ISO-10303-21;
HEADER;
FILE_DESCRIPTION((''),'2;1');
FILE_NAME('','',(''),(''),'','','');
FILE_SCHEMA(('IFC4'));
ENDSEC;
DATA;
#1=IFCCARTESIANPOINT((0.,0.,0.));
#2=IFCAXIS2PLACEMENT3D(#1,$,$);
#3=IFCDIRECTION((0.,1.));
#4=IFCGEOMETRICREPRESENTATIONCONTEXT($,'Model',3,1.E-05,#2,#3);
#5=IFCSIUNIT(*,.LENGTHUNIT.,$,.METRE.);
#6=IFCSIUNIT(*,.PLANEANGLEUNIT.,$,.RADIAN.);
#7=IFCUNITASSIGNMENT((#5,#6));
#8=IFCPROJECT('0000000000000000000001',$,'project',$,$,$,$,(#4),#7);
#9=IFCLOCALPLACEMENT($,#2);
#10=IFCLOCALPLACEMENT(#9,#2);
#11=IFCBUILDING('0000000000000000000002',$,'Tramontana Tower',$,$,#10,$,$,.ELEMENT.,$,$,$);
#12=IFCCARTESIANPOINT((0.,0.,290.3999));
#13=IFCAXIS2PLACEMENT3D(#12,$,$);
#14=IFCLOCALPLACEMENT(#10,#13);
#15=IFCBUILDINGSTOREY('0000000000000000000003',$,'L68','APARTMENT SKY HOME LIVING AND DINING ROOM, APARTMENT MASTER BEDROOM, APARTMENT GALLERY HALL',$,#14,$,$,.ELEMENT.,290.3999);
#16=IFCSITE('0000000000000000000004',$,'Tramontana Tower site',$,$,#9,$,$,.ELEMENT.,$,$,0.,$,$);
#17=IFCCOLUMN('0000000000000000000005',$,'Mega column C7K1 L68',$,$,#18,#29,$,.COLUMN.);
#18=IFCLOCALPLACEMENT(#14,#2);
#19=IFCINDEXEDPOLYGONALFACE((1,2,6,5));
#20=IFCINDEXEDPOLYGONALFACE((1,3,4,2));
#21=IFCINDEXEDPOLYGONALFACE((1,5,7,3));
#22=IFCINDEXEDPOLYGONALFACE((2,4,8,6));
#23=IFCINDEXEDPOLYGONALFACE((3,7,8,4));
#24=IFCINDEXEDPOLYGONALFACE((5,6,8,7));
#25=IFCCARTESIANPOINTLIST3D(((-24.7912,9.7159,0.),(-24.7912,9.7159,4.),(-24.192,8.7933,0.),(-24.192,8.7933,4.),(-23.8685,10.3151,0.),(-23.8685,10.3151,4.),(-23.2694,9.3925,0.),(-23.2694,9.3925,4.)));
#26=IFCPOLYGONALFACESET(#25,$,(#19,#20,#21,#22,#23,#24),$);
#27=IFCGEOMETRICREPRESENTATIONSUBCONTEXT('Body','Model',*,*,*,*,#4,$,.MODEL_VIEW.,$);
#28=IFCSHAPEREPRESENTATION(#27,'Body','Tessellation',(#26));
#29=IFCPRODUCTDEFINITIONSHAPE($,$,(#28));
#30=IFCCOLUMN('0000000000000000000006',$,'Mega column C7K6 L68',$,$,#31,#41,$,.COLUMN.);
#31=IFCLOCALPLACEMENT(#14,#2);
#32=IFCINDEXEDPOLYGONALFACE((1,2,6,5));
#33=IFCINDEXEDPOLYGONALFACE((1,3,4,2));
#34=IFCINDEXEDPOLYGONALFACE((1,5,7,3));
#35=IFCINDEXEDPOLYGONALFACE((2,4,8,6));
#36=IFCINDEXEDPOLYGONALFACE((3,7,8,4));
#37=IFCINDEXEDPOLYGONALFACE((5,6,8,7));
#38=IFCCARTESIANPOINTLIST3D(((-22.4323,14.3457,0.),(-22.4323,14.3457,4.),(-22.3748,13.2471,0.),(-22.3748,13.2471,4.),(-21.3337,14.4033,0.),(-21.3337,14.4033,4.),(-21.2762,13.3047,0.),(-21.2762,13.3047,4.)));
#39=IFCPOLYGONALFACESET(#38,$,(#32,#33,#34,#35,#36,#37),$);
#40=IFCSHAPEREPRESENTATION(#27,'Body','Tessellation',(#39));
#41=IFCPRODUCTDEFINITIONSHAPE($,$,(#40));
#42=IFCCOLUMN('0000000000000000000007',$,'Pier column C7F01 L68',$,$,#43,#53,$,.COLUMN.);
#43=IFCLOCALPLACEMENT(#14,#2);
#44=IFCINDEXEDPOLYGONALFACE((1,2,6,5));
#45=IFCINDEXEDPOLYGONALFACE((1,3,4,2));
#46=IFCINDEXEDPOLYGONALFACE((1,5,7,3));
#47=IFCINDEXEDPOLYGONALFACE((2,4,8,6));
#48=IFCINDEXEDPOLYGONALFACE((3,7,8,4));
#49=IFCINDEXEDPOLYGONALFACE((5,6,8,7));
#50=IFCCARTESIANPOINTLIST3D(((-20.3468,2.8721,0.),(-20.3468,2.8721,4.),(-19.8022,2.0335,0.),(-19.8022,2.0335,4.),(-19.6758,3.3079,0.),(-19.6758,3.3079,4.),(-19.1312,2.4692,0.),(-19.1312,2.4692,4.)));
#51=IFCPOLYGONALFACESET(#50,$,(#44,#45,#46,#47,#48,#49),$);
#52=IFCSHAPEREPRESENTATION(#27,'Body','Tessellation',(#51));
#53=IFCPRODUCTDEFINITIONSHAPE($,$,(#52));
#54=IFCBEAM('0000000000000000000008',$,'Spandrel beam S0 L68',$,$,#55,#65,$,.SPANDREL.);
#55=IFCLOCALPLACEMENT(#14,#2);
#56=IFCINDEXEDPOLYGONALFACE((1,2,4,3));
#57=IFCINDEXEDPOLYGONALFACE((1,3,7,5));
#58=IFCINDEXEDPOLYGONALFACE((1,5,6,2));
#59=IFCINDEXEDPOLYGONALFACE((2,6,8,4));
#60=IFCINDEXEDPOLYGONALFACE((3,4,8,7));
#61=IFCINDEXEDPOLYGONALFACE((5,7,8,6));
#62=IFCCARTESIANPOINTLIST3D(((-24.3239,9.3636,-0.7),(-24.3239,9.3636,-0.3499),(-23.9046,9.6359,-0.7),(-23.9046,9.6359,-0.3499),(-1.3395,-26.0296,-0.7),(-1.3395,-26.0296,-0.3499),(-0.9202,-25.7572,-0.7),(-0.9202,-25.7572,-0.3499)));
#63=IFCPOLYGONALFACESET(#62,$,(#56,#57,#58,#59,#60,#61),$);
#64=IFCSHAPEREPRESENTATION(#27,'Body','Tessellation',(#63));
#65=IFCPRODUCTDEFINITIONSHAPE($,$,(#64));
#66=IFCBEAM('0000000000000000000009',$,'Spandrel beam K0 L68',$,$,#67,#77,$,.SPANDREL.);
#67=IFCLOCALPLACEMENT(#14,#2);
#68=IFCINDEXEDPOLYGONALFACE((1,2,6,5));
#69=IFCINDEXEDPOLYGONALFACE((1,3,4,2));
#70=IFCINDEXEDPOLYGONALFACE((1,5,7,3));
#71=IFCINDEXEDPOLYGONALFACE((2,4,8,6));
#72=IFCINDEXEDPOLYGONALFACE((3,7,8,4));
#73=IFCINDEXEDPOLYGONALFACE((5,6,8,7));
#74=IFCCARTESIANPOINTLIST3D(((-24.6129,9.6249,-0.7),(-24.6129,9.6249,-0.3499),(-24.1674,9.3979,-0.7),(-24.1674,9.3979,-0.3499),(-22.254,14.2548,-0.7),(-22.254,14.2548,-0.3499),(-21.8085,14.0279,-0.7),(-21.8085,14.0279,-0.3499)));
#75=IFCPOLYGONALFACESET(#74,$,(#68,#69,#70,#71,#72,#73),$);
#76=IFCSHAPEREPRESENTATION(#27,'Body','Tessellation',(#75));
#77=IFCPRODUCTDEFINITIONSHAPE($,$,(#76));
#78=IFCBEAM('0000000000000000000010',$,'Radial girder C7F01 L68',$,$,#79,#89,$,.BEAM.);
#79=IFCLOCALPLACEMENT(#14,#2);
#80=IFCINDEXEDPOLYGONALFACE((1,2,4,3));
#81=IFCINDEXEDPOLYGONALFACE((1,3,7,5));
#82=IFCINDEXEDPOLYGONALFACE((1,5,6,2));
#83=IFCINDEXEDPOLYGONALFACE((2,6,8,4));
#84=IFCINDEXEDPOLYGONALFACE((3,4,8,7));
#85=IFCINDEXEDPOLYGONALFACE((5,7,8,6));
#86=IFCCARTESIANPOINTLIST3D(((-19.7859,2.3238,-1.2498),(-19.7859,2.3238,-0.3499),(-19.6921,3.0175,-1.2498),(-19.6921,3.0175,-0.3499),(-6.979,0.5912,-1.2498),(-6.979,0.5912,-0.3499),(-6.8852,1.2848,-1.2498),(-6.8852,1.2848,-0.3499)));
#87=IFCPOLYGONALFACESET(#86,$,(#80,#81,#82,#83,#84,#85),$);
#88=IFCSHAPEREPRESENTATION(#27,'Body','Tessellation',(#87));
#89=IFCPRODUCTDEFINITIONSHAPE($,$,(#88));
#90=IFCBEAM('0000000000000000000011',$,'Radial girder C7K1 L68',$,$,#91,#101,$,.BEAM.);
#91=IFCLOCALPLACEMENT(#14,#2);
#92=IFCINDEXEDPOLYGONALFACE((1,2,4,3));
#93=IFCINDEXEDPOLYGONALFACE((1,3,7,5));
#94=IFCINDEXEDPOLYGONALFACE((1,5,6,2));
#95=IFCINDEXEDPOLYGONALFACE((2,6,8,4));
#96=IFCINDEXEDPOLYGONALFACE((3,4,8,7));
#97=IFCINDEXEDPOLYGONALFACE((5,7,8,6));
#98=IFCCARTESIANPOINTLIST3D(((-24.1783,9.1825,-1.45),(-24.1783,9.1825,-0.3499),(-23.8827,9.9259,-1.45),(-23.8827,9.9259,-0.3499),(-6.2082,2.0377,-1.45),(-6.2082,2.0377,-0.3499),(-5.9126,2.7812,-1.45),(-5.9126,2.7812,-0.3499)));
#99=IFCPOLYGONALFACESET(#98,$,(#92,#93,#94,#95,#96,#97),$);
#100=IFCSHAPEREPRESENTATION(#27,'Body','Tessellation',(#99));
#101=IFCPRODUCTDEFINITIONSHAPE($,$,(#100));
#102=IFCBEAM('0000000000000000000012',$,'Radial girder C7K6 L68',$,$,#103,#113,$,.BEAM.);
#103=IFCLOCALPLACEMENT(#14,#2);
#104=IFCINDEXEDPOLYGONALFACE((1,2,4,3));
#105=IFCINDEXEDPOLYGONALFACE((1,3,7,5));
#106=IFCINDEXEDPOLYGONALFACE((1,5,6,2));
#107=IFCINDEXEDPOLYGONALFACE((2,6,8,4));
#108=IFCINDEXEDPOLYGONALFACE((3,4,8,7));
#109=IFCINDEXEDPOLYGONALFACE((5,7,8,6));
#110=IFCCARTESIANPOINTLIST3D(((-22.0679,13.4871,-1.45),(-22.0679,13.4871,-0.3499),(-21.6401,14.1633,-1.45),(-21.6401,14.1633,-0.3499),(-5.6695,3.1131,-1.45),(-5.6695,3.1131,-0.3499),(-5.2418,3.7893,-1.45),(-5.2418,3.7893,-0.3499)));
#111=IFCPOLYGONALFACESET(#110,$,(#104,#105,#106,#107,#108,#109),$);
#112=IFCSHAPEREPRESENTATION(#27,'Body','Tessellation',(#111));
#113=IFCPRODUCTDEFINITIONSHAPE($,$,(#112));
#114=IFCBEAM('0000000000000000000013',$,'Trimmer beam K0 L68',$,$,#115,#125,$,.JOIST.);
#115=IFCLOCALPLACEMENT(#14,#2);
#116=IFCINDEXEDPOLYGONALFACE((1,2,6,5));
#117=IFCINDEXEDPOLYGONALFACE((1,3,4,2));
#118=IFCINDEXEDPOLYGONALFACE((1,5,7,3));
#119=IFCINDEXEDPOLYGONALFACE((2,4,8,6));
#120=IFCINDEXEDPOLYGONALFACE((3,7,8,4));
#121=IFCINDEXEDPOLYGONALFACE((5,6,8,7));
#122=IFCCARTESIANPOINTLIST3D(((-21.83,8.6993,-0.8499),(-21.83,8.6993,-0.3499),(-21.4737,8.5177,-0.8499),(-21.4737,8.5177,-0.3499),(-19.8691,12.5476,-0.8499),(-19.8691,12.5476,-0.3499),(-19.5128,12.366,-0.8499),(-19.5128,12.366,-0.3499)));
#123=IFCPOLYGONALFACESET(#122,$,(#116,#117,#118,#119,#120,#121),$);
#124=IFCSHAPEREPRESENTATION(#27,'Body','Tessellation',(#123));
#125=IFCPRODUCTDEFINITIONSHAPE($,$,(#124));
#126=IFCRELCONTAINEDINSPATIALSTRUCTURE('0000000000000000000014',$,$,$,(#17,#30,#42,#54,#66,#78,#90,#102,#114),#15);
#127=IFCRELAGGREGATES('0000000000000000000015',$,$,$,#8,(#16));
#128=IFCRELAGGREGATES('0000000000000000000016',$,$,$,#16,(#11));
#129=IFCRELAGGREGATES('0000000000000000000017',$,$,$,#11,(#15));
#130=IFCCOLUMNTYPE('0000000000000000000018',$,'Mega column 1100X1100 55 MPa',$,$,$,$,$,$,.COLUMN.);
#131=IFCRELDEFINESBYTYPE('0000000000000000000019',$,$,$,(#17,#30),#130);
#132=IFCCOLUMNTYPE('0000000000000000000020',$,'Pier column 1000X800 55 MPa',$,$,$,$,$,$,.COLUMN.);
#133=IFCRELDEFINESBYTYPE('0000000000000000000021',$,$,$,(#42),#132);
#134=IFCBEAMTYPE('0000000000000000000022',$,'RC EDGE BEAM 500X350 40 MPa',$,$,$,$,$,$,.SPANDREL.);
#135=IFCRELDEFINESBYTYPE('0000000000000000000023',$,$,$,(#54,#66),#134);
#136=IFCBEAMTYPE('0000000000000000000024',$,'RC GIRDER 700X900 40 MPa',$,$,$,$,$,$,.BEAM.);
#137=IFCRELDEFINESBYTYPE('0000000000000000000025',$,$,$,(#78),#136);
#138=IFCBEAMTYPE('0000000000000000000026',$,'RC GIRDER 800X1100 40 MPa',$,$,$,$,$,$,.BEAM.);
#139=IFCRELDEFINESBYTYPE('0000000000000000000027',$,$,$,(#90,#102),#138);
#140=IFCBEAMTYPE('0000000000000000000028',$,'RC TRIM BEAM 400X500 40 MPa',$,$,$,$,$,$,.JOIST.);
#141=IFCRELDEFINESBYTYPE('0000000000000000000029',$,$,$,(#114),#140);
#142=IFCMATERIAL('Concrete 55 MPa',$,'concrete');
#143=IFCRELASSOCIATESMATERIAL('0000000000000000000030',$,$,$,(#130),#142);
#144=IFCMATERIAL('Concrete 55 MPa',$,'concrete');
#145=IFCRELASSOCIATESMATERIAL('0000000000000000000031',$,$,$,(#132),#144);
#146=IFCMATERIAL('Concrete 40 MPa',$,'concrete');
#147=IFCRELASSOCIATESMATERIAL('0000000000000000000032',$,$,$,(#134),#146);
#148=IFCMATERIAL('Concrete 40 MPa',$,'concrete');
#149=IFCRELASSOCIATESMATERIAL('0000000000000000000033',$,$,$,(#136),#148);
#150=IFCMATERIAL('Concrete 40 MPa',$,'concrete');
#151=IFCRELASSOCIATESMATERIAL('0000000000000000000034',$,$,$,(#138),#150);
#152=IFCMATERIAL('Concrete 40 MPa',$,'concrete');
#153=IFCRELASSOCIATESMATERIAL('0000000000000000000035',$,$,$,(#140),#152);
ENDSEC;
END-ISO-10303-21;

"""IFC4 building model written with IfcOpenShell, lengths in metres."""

from ifc_helpers import new_model, si_unit, direction, frame, origin, origin_2d, place, context, subcontext, project, spatial, rectangle, extrude, material, material_profile, profile_set, type_object, element, save


model = new_model("IFC4")

# Units and contexts
model_context = context("Model", 3, precision=1e-05, world=origin(), true_north=direction((0.0, 1.0)))
body_context = subcontext(model_context, "Body", "Model", "MODEL_VIEW")
ifc_project = project(units=[si_unit("LENGTHUNIT", "METRE"), si_unit("PLANEANGLEUNIT", "RADIAN")], contexts=[model_context])

# Site, building, storey
site_placement = place(None, origin())
site = spatial("IfcSite", under=ifc_project, at=site_placement, Name="Tramontana Tower site", CompositionType="ELEMENT", RefElevation=0.0)
building_placement = place(site_placement, origin())
building = spatial("IfcBuilding", under=site, at=building_placement, Name="Tramontana Tower", CompositionType="ELEMENT")
storey_placement = place(building_placement, frame((0.0, 0.0, 290.3999)))
storey = spatial("IfcBuildingStorey", under=building, at=storey_placement, Name="L68", Description="APARTMENT SKY HOME LIVING AND DINING ROOM, APARTMENT MASTER BEDROOM, APARTMENT GALLERY HALL", CompositionType="ELEMENT", Elevation=290.3999)

# Columns
ifc_material_1 = material(Name="Concrete 55 MPa", Category="concrete")
ifc_material_profile_1 = material_profile(ifc_material_1, rectangle(XDim=1.1001, YDim=1.1001, at=origin_2d()), Name="Mega column 1100X1100 55 MPa")
ifc_profile_set_1 = profile_set([ifc_material_profile_1], Name="Concrete 55 MPa")
column_type_1 = type_object("IfcColumnType", Name="Mega column 1100X1100 55 MPa", PredefinedType="COLUMN", material=ifc_profile_set_1)
for number, where, z_axis, x_axis, name in (
    (1, (-24.0303, 9.5542, 0.0), (0.0, 0.0, 1.0), (0.544639, -0.838671, 0.0), "Mega column C7K1 L68"),
    (2, (-21.8542, 13.8252, 0.0), (0.0, 0.0, 1.0), (-0.99863, -0.052336, 0.0), "Mega column C7K6 L68"),
):
    element("IfcColumn", number, at=place(storey_placement, frame(where, z_axis=z_axis, x_axis=x_axis)), inside=storey, type_object=column_type_1, Name=name, PredefinedType="COLUMN", context=body_context, shape_type="SweptSolid", body=[
        extrude(rectangle(XDim=1.1001, YDim=1.1001, at=origin_2d()), origin(), (0.0, 0.0, 1.0), 4.0),
    ])
ifc_material_2 = material(Name="Concrete 55 MPa", Category="concrete")
ifc_material_profile_2 = material_profile(ifc_material_2, rectangle(XDim=1.0, YDim=0.8, at=origin_2d()), Name="Pier column 1000X800 55 MPa")
ifc_profile_set_2 = profile_set([ifc_material_profile_2], Name="Concrete 55 MPa")
column_type_2 = type_object("IfcColumnType", Name="Pier column 1000X800 55 MPa", PredefinedType="COLUMN", material=ifc_profile_set_2)
column_placement = place(storey_placement, frame((-19.739, 2.6707, 0.0), z_axis=(0.0, 0.0, 1.0), x_axis=(0.544639, -0.838671, 0.0)))
element("IfcColumn", 3, at=column_placement, inside=storey, type_object=column_type_2, Name="Pier column C7F01 L68", PredefinedType="COLUMN", context=body_context, shape_type="SweptSolid", body=[
    extrude(rectangle(XDim=1.0, YDim=0.8, at=origin_2d()), origin(), (0.0, 0.0, 1.0), 4.0),
])

# Beams
ifc_material_3 = material(Name="Concrete 40 MPa", Category="concrete")
ifc_material_profile_3 = material_profile(ifc_material_3, rectangle(XDim=0.5, YDim=0.3501, at=origin_2d()), Name="RC EDGE BEAM 500X350 40 MPa")
ifc_profile_set_3 = profile_set([ifc_material_profile_3], Name="Concrete 40 MPa")
beam_type_1 = type_object("IfcBeamType", Name="RC EDGE BEAM 500X350 40 MPa", PredefinedType="SPANDREL", material=ifc_profile_set_3)
beam_1_placement = place(storey_placement, frame((-24.1143, 9.4998, -0.5249), z_axis=(0.544637, -0.838672, 0.0), x_axis=(0.838672, 0.544637, 0.0)))
element("IfcBeam", 4, at=beam_1_placement, inside=storey, type_object=beam_type_1, Name="Spandrel beam S0 L68", PredefinedType="SPANDREL", context=body_context, shape_type="SweptSolid", body=[
    extrude(rectangle(XDim=0.5, YDim=0.3501, at=origin_2d()), origin(), (0.0, 0.0, 1.0), 42.2014),
])
beam_2_placement = place(storey_placement, frame((-22.0312, 14.1414, -0.5249), z_axis=(-0.453967, -0.891019, 0.0), x_axis=(0.891019, -0.453967, 0.0)))
element("IfcBeam", 5, at=beam_2_placement, inside=storey, type_object=beam_type_1, Name="Spandrel beam K0 L68", PredefinedType="SPANDREL", context=body_context, shape_type="SweptSolid", body=[
    extrude(rectangle(XDim=0.5, YDim=0.3501, at=origin_2d()), origin(), (0.0, 0.0, 1.0), 5.1963),
])
ifc_material_4 = material(Name="Concrete 40 MPa", Category="concrete")
ifc_material_profile_4 = material_profile(ifc_material_4, rectangle(XDim=0.7, YDim=0.8999, at=origin_2d()), Name="RC GIRDER 700X900 40 MPa")
ifc_profile_set_4 = profile_set([ifc_material_profile_4], Name="Concrete 40 MPa")
beam_type_2 = type_object("IfcBeamType", Name="RC GIRDER 700X900 40 MPa", PredefinedType="BEAM", material=ifc_profile_set_4)
beam_3_placement = place(storey_placement, frame((-19.739, 2.6707, -0.7998), z_axis=(0.990972, -0.13407, 0.0), x_axis=(0.13407, 0.990972, 0.0)))
element("IfcBeam", 6, at=beam_3_placement, inside=storey, type_object=beam_type_2, Name="Radial girder C7F01 L68", PredefinedType="BEAM", context=body_context, shape_type="SweptSolid", body=[
    extrude(rectangle(XDim=0.7, YDim=0.8999, at=origin_2d()), origin(), (0.0, 0.0, 1.0), 12.9236),
])
ifc_material_5 = material(Name="Concrete 40 MPa", Category="concrete")
ifc_material_profile_5 = material_profile(ifc_material_5, rectangle(XDim=0.8, YDim=1.1001, at=origin_2d()), Name="RC GIRDER 800X1100 40 MPa")
ifc_profile_set_5 = profile_set([ifc_material_profile_5], Name="Concrete 40 MPa")
beam_type_3 = type_object("IfcBeamType", Name="RC GIRDER 800X1100 40 MPa", PredefinedType="BEAM", material=ifc_profile_set_5)
beam_4_placement = place(storey_placement, frame((-24.0305, 9.5542, -0.8999), z_axis=(0.929247, -0.369459, 0.0), x_axis=(0.369459, 0.929247, 0.0)))
element("IfcBeam", 7, at=beam_4_placement, inside=storey, type_object=beam_type_3, Name="Radial girder C7K1 L68", PredefinedType="BEAM", context=body_context, shape_type="SweptSolid", body=[
    extrude(rectangle(XDim=0.8, YDim=1.1001, at=origin_2d()), origin(), (0.0, 0.0, 1.0), 19.3384),
])
beam_5_placement = place(storey_placement, frame((-21.854, 13.8252, -0.8999), z_axis=(0.84509, -0.534623, 0.0), x_axis=(0.534623, 0.84509, 0.0)))
element("IfcBeam", 8, at=beam_5_placement, inside=storey, type_object=beam_type_3, Name="Radial girder C7K6 L68", PredefinedType="BEAM", context=body_context, shape_type="SweptSolid", body=[
    extrude(rectangle(XDim=0.8, YDim=1.1001, at=origin_2d()), origin(), (0.0, 0.0, 1.0), 19.4043),
])
ifc_material_6 = material(Name="Concrete 40 MPa", Category="concrete")
ifc_material_profile_6 = material_profile(ifc_material_6, rectangle(XDim=0.3999, YDim=0.5, at=origin_2d()), Name="RC TRIM BEAM 400X500 40 MPa")
ifc_profile_set_6 = profile_set([ifc_material_profile_6], Name="Concrete 40 MPa")
beam_type_4 = type_object("IfcBeamType", Name="RC TRIM BEAM 400X500 40 MPa", PredefinedType="JOIST", material=ifc_profile_set_6)
beam_6_placement = place(storey_placement, frame((-19.6909, 12.4568, -0.5999), z_axis=(-0.454006, -0.890999, 0.0), x_axis=(0.890999, -0.454006, 0.0)))
element("IfcBeam", 9, at=beam_6_placement, inside=storey, type_object=beam_type_4, Name="Trimmer beam K0 L68", PredefinedType="JOIST", context=body_context, shape_type="SweptSolid", body=[
    extrude(rectangle(XDim=0.3999, YDim=0.5, at=origin_2d()), origin(), (0.0, 0.0, 1.0), 4.3191),
])

save(model, "model.ifc")
